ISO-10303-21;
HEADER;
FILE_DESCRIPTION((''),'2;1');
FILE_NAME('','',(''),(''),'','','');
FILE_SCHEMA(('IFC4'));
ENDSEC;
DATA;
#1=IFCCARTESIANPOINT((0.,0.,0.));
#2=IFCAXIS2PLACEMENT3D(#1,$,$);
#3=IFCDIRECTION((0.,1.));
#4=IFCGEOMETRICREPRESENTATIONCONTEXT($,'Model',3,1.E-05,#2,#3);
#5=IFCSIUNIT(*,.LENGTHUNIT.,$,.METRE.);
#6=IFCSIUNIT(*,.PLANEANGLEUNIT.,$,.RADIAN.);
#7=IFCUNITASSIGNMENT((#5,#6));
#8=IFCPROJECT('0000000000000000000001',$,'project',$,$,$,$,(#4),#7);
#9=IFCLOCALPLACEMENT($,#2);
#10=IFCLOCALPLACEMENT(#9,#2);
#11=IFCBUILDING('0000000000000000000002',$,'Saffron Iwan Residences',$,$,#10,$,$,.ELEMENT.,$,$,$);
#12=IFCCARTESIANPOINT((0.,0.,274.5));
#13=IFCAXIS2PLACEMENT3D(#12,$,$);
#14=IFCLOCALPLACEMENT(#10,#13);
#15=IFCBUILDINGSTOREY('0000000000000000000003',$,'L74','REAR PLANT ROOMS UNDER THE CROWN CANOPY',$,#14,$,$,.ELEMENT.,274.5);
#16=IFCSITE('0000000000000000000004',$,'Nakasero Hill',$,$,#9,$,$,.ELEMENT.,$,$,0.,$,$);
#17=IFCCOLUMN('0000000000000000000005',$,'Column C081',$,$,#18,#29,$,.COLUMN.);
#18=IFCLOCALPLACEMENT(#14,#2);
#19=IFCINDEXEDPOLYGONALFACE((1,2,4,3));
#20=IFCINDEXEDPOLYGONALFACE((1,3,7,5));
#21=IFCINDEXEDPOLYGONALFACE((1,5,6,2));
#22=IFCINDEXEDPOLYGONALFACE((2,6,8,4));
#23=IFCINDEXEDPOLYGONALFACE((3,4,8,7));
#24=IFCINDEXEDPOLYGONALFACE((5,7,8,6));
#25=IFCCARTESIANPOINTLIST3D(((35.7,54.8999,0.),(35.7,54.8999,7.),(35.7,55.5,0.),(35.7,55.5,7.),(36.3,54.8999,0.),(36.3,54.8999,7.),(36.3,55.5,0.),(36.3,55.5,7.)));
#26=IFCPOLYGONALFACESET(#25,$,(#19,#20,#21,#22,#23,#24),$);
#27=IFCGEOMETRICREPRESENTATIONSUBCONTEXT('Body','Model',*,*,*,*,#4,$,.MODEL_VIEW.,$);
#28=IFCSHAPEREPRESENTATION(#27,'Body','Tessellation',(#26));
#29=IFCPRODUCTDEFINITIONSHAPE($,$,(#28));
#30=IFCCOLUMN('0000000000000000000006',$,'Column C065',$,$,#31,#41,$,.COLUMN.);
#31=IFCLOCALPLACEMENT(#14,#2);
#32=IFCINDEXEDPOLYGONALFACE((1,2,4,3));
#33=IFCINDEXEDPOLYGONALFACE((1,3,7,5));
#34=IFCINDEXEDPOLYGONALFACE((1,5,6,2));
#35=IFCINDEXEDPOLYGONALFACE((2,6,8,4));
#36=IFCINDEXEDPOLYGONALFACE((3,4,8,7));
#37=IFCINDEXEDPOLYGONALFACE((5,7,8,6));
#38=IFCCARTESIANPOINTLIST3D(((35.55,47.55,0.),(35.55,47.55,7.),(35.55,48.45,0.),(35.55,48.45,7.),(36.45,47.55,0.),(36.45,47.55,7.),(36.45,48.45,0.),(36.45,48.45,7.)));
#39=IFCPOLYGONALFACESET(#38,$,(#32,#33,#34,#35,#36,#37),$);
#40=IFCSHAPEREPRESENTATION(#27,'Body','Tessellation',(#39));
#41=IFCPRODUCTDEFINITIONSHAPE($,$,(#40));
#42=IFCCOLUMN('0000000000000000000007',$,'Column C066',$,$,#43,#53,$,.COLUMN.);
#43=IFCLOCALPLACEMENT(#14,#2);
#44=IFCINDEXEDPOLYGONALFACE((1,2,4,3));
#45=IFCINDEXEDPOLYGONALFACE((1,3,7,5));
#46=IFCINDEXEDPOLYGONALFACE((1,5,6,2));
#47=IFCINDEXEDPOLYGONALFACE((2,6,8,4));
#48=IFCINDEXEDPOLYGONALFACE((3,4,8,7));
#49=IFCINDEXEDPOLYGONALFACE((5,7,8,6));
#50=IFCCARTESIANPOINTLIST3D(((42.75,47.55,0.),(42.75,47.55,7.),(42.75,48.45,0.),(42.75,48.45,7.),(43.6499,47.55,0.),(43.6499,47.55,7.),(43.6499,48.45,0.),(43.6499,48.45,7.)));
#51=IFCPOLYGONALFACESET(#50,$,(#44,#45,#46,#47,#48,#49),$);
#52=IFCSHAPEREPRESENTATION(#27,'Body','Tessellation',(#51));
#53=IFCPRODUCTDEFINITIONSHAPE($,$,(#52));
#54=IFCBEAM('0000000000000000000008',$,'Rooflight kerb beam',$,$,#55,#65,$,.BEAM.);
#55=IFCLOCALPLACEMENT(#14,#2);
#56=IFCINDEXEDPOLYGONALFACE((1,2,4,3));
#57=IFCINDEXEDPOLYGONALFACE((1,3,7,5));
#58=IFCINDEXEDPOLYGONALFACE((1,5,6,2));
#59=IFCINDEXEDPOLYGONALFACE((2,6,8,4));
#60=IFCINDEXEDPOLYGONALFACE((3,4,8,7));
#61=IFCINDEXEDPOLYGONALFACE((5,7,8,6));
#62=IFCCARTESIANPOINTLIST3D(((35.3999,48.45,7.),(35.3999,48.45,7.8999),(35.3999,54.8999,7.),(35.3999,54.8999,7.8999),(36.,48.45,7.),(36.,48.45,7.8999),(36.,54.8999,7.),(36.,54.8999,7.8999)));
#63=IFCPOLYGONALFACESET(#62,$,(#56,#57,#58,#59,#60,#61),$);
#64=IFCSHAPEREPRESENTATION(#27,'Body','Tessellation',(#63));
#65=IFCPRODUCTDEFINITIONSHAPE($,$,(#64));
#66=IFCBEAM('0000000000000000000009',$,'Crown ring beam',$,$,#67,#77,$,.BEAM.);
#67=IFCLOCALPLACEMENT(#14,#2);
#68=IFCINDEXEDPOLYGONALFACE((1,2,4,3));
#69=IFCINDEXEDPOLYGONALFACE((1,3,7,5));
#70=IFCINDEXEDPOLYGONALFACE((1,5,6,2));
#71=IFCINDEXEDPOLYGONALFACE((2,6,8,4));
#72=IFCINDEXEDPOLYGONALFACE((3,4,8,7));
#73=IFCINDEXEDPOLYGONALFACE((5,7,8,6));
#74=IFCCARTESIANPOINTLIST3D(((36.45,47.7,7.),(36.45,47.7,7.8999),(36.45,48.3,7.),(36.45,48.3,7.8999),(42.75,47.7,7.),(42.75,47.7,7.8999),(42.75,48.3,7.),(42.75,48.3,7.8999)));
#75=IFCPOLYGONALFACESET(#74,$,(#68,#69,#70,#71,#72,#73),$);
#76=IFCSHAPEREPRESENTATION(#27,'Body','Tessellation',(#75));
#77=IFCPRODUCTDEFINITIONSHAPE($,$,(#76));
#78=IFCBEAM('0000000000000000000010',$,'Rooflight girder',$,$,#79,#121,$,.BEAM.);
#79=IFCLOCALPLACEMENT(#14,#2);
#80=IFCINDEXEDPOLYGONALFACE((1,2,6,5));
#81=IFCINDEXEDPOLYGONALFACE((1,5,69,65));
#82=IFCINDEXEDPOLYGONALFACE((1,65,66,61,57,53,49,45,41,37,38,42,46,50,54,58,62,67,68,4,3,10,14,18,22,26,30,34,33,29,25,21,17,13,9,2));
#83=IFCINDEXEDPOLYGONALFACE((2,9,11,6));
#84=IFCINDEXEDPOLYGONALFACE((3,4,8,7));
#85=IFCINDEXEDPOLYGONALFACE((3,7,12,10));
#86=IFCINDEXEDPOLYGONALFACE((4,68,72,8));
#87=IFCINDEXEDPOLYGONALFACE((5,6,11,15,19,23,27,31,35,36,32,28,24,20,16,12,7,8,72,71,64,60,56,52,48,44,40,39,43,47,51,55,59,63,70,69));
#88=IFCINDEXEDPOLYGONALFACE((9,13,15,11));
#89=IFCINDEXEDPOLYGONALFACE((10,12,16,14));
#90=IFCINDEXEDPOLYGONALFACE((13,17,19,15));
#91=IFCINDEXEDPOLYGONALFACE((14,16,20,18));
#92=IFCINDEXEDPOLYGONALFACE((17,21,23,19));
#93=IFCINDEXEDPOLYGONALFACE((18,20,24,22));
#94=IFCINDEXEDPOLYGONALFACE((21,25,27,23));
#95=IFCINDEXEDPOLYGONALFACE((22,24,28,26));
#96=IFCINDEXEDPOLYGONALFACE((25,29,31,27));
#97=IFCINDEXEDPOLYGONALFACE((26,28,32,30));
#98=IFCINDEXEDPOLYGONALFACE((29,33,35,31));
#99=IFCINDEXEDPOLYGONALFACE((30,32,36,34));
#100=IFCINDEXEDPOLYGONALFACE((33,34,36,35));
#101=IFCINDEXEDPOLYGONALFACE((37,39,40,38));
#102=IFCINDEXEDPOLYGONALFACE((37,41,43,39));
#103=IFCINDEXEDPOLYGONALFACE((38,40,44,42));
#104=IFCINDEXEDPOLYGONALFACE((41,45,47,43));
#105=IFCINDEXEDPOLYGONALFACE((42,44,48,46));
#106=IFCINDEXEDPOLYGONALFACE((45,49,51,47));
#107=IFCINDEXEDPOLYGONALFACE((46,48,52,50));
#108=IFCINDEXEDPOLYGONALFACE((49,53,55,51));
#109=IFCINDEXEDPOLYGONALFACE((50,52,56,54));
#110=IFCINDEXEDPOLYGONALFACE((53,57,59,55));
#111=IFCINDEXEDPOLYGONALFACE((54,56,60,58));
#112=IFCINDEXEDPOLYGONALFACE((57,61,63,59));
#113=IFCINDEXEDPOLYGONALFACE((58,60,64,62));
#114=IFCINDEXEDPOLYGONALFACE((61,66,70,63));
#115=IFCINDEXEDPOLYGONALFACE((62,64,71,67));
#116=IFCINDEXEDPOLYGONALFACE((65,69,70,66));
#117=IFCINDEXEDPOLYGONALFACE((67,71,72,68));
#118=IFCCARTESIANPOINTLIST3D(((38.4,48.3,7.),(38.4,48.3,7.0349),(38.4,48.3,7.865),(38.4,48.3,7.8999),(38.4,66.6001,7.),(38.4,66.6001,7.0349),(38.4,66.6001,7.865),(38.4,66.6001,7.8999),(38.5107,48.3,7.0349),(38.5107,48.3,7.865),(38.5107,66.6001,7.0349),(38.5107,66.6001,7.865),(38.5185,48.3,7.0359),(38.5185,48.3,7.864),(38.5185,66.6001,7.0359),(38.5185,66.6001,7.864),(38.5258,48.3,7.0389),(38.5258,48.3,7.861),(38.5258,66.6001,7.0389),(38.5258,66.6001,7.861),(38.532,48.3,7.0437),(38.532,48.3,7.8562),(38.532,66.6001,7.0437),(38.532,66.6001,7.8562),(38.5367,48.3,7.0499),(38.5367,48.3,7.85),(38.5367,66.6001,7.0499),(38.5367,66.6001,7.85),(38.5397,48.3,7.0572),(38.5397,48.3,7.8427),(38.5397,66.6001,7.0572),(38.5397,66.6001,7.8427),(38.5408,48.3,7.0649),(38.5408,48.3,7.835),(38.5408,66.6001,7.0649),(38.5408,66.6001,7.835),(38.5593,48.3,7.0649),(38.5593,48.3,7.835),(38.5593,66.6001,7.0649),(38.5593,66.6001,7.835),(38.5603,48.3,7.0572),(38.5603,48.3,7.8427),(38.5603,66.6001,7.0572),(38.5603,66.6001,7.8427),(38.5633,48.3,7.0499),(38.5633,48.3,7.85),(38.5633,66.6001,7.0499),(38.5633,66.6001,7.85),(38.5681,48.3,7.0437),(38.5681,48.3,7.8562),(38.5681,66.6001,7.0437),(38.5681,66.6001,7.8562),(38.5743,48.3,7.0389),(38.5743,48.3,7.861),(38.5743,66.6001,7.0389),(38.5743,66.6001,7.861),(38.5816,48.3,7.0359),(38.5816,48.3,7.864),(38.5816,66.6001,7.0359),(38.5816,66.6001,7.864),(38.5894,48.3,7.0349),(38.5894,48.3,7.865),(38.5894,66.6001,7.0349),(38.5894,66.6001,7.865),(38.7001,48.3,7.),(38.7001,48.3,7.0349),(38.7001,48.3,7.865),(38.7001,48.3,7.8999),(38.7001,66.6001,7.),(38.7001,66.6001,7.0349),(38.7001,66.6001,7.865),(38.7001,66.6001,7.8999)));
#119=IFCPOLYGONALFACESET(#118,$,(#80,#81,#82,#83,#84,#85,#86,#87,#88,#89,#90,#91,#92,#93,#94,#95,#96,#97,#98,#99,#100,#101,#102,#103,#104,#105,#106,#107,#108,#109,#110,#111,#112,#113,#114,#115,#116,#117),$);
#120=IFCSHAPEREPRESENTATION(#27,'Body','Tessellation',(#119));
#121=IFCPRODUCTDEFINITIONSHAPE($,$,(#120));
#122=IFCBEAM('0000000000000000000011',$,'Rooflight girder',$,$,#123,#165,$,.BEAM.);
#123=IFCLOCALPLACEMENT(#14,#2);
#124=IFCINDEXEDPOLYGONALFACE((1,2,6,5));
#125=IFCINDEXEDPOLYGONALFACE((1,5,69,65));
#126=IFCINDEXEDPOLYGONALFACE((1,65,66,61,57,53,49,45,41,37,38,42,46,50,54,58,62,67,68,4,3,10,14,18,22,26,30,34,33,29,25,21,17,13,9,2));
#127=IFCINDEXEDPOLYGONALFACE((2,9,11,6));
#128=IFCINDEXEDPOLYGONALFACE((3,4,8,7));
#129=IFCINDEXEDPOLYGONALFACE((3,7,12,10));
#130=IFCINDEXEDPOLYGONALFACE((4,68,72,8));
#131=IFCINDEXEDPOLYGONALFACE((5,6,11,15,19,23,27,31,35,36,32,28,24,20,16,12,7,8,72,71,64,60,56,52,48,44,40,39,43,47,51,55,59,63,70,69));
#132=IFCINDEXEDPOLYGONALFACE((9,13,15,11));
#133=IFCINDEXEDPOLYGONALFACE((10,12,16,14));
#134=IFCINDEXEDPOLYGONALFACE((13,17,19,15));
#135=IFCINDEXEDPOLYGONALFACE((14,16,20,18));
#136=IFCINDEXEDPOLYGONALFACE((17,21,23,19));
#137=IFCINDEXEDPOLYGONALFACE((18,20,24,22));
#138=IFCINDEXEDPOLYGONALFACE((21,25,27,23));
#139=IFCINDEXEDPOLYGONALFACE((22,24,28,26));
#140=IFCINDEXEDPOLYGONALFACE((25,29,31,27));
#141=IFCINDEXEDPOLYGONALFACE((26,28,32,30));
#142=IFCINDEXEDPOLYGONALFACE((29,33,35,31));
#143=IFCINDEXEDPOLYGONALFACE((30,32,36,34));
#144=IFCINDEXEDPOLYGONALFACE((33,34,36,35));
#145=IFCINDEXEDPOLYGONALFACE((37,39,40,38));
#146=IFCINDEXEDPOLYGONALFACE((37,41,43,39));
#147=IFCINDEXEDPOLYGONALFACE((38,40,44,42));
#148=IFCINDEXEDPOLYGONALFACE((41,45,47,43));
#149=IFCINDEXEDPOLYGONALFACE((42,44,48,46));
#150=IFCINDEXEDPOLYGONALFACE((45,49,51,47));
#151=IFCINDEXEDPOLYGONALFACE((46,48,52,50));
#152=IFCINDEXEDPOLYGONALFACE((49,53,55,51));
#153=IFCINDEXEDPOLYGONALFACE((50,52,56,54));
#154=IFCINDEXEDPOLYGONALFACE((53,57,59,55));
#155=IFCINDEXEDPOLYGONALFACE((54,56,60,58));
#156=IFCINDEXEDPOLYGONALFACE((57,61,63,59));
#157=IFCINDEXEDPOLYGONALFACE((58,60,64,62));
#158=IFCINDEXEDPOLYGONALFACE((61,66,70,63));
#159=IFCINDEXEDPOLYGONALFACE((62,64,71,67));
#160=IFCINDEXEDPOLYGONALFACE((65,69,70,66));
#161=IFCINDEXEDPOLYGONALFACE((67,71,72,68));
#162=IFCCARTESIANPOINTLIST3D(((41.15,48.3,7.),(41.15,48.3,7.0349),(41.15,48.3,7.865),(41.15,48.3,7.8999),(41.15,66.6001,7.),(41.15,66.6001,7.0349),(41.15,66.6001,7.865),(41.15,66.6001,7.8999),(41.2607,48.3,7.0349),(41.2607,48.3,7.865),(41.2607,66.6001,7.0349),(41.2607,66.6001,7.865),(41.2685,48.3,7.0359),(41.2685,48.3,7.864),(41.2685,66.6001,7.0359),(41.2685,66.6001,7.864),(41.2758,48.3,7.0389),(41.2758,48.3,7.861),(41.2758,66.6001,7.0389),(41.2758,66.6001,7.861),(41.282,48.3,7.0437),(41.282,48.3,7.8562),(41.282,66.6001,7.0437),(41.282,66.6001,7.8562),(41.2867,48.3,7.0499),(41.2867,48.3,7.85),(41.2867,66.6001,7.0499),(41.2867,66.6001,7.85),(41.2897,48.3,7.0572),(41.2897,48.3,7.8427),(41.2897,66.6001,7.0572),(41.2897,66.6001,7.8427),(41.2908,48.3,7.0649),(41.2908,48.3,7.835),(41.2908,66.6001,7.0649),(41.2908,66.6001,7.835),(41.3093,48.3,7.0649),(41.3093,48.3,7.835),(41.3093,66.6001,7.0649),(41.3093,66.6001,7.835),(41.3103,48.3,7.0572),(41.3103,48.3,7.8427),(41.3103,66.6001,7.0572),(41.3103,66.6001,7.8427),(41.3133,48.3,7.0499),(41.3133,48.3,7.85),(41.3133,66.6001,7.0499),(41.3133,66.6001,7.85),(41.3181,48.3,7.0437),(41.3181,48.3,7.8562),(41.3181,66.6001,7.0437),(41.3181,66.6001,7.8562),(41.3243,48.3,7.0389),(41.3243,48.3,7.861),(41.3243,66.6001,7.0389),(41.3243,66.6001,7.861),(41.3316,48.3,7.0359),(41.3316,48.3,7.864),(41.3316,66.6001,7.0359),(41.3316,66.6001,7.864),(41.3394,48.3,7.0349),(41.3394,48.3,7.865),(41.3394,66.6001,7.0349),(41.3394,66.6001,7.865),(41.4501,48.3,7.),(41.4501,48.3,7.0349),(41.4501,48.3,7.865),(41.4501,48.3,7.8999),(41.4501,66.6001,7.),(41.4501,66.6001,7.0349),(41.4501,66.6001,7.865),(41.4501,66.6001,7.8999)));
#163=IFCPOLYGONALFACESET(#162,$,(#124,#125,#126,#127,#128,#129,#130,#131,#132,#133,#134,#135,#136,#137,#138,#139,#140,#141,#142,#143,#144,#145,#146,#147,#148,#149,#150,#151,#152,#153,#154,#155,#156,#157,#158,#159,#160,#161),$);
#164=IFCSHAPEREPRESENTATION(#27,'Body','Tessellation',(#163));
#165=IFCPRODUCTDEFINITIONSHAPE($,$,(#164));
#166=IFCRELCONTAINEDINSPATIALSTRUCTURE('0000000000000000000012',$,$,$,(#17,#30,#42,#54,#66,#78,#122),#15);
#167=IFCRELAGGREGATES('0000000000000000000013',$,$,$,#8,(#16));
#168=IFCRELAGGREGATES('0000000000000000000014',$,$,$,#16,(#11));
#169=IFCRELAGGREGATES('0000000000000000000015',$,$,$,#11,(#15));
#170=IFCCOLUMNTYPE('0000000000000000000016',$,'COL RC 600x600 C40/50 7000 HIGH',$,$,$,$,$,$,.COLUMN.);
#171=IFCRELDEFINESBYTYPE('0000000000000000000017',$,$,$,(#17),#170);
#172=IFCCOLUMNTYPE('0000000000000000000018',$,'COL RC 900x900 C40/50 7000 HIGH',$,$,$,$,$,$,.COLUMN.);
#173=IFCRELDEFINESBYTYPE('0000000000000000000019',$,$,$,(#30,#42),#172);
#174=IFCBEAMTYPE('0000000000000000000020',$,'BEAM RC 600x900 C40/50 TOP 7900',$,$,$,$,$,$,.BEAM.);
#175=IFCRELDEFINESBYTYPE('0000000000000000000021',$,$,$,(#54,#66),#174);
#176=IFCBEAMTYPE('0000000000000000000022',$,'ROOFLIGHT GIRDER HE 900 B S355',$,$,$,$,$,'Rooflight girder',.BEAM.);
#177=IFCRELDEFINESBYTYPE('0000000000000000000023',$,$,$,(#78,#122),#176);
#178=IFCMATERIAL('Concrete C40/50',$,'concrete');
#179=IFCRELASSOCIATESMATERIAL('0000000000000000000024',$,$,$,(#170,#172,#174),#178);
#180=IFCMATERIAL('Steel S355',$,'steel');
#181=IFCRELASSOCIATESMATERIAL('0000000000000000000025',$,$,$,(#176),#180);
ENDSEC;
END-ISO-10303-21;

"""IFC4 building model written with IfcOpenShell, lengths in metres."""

from ifc_helpers import new_model, si_unit, direction, frame, origin, origin_2d, place, context, subcontext, project, spatial, rectangle, i_section, extrude, source, transform, mapped, material, material_profile, profile_set, type_object, element, save


model = new_model("IFC4")

# Units and contexts
model_context = context("Model", 3, precision=1e-05, world=origin(), true_north=direction((0.0, 1.0)))
body_context = subcontext(model_context, "Body", "Model", "MODEL_VIEW")
ifc_project = project(units=[si_unit("LENGTHUNIT", "METRE"), si_unit("PLANEANGLEUNIT", "RADIAN")], contexts=[model_context])

# Site, building, storey
site_placement = place(None, origin())
site = spatial("IfcSite", under=ifc_project, at=site_placement, Name="Nakasero Hill", CompositionType="ELEMENT", RefElevation=0.0)
building_placement = place(site_placement, origin())
building = spatial("IfcBuilding", under=site, at=building_placement, Name="Saffron Iwan Residences", CompositionType="ELEMENT")
storey_placement = place(building_placement, frame((0.0, 0.0, 274.5)))
storey = spatial("IfcBuildingStorey", under=building, at=storey_placement, Name="L74", Description="REAR PLANT ROOMS UNDER THE CROWN CANOPY", CompositionType="ELEMENT", Elevation=274.5)

# Columns
ifc_material_1 = material(Name="Concrete C40/50", Category="concrete")
ifc_material_profile_1 = material_profile(ifc_material_1, rectangle(XDim=0.6001, YDim=0.6001, at=origin_2d()), Name="RC 600x600")
ifc_profile_set_1 = profile_set([ifc_material_profile_1], Name="Concrete C40/50")
column_type_1 = type_object("IfcColumnType", Name="COL RC 600x600 C40/50 7000 HIGH", PredefinedType="COLUMN", material=ifc_profile_set_1)
shared_shape_1 = source(origin(), body_context, "Body", "SweptSolid", [
    extrude(rectangle(XDim=0.6001, YDim=0.6001, at=origin_2d()), origin(), (0.0, 0.0, 1.0), 7.0),
])
column_placement = place(storey_placement, frame((36.0, 55.2, 0.0), z_axis=(0.0, 0.0, 1.0), x_axis=(1.0, 0.0, 0.0)))
element("IfcColumn", 1, at=column_placement, inside=storey, type_object=column_type_1, Name="Column C081", PredefinedType="COLUMN", context=body_context, shape_type="MappedRepresentation", body=[
    mapped(shared_shape_1, transform((0.0, 0.0, 0.0))),
])
ifc_material_profile_2 = material_profile(ifc_material_1, rectangle(XDim=0.8999, YDim=0.8999, at=origin_2d()), Name="RC 900x900")
ifc_profile_set_2 = profile_set([ifc_material_profile_2], Name="Concrete C40/50")
column_type_2 = type_object("IfcColumnType", Name="COL RC 900x900 C40/50 7000 HIGH", PredefinedType="COLUMN", material=ifc_profile_set_2)
shared_shape_2 = source(origin(), body_context, "Body", "SweptSolid", [
    extrude(rectangle(XDim=0.8999, YDim=0.8999, at=origin_2d()), origin(), (0.0, 0.0, 1.0), 7.0),
])
for number, where, z_axis, x_axis, name in (
    (2, (36.0, 48.0, 0.0), (0.0, 0.0, 1.0), (1.0, 0.0, 0.0), "Column C065"),
    (3, (43.2, 48.0, 0.0), (0.0, 0.0, 1.0), (1.0, 0.0, 0.0), "Column C066"),
):
    element("IfcColumn", number, at=place(storey_placement, frame(where, z_axis=z_axis, x_axis=x_axis)), inside=storey, type_object=column_type_2, Name=name, PredefinedType="COLUMN", context=body_context, shape_type="MappedRepresentation", body=[
        mapped(shared_shape_2, transform((0.0, 0.0, 0.0))),
    ])

# Beams
ifc_material_profile_3 = material_profile(ifc_material_1, rectangle(XDim=0.6001, YDim=0.8999, at=origin_2d()), Name="RC 600x900")
ifc_profile_set_3 = profile_set([ifc_material_profile_3], Name="Concrete C40/50")
beam_type_1 = type_object("IfcBeamType", Name="BEAM RC 600x900 C40/50 TOP 7900", PredefinedType="BEAM", material=ifc_profile_set_3)
shared_shape_3 = source(origin(), body_context, "Body", "SweptSolid", [
    extrude(rectangle(XDim=0.6001, YDim=0.8999, at=origin_2d()), origin(), (0.0, 0.0, 1.0), 6.45),
])
beam_1_placement = place(storey_placement, frame((35.7, 48.45, 7.45), z_axis=(0.0, 1.0, 0.0), x_axis=(-1.0, 0.0, 0.0)))
element("IfcBeam", 4, at=beam_1_placement, inside=storey, type_object=beam_type_1, Name="Rooflight kerb beam", PredefinedType="BEAM", context=body_context, shape_type="MappedRepresentation", body=[
    mapped(shared_shape_3, transform((0.0, 0.0, 0.0))),
])
shared_shape_4 = source(origin(), body_context, "Body", "SweptSolid", [
    extrude(rectangle(XDim=0.6001, YDim=0.8999, at=origin_2d()), origin(), (0.0, 0.0, 1.0), 6.3),
])
beam_2_placement = place(storey_placement, frame((42.75, 48.0, 7.45), z_axis=(-1.0, 0.0, 0.0), x_axis=(0.0, -1.0, 0.0)))
element("IfcBeam", 5, at=beam_2_placement, inside=storey, type_object=beam_type_1, Name="Crown ring beam", PredefinedType="BEAM", context=body_context, shape_type="MappedRepresentation", body=[
    mapped(shared_shape_4, transform((0.0, 0.0, 0.0))),
])
ifc_material_2 = material(Name="Steel S355", Category="steel")
ifc_material_profile_4 = material_profile(ifc_material_2, i_section(OverallWidth=0.3, OverallDepth=0.8999, WebThickness=0.0186, FlangeThickness=0.0349, FilletRadius=0.03, at=origin_2d()), Name="HE 900 B")
ifc_profile_set_4 = profile_set([ifc_material_profile_4], Name="Steel S355")
beam_type_2 = type_object("IfcBeamType", Name="ROOFLIGHT GIRDER HE 900 B S355", ElementType="Rooflight girder", PredefinedType="BEAM", material=ifc_profile_set_4)
shared_shape_5 = source(origin(), body_context, "Body", "SweptSolid", [
    extrude(i_section(OverallWidth=0.3, OverallDepth=0.8999, WebThickness=0.0186, FlangeThickness=0.0349, FilletRadius=0.03, at=origin_2d()), origin(), (0.0, 0.0, 1.0), 18.3),
])
for number, where, z_axis, x_axis, name in (
    (6, (38.55, 48.3, 7.45), (0.0, 1.0, 0.0), (-1.0, 0.0, 0.0), "Rooflight girder"),
    (7, (41.3, 48.3, 7.45), (0.0, 1.0, 0.0), (-1.0, 0.0, 0.0), "Rooflight girder"),
):
    element("IfcBeam", number, at=place(storey_placement, frame(where, z_axis=z_axis, x_axis=x_axis)), inside=storey, type_object=beam_type_2, Name=name, PredefinedType="BEAM", context=body_context, shape_type="MappedRepresentation", body=[
        mapped(shared_shape_5, transform((0.0, 0.0, 0.0))),
    ])

save(model, "model.ifc")
